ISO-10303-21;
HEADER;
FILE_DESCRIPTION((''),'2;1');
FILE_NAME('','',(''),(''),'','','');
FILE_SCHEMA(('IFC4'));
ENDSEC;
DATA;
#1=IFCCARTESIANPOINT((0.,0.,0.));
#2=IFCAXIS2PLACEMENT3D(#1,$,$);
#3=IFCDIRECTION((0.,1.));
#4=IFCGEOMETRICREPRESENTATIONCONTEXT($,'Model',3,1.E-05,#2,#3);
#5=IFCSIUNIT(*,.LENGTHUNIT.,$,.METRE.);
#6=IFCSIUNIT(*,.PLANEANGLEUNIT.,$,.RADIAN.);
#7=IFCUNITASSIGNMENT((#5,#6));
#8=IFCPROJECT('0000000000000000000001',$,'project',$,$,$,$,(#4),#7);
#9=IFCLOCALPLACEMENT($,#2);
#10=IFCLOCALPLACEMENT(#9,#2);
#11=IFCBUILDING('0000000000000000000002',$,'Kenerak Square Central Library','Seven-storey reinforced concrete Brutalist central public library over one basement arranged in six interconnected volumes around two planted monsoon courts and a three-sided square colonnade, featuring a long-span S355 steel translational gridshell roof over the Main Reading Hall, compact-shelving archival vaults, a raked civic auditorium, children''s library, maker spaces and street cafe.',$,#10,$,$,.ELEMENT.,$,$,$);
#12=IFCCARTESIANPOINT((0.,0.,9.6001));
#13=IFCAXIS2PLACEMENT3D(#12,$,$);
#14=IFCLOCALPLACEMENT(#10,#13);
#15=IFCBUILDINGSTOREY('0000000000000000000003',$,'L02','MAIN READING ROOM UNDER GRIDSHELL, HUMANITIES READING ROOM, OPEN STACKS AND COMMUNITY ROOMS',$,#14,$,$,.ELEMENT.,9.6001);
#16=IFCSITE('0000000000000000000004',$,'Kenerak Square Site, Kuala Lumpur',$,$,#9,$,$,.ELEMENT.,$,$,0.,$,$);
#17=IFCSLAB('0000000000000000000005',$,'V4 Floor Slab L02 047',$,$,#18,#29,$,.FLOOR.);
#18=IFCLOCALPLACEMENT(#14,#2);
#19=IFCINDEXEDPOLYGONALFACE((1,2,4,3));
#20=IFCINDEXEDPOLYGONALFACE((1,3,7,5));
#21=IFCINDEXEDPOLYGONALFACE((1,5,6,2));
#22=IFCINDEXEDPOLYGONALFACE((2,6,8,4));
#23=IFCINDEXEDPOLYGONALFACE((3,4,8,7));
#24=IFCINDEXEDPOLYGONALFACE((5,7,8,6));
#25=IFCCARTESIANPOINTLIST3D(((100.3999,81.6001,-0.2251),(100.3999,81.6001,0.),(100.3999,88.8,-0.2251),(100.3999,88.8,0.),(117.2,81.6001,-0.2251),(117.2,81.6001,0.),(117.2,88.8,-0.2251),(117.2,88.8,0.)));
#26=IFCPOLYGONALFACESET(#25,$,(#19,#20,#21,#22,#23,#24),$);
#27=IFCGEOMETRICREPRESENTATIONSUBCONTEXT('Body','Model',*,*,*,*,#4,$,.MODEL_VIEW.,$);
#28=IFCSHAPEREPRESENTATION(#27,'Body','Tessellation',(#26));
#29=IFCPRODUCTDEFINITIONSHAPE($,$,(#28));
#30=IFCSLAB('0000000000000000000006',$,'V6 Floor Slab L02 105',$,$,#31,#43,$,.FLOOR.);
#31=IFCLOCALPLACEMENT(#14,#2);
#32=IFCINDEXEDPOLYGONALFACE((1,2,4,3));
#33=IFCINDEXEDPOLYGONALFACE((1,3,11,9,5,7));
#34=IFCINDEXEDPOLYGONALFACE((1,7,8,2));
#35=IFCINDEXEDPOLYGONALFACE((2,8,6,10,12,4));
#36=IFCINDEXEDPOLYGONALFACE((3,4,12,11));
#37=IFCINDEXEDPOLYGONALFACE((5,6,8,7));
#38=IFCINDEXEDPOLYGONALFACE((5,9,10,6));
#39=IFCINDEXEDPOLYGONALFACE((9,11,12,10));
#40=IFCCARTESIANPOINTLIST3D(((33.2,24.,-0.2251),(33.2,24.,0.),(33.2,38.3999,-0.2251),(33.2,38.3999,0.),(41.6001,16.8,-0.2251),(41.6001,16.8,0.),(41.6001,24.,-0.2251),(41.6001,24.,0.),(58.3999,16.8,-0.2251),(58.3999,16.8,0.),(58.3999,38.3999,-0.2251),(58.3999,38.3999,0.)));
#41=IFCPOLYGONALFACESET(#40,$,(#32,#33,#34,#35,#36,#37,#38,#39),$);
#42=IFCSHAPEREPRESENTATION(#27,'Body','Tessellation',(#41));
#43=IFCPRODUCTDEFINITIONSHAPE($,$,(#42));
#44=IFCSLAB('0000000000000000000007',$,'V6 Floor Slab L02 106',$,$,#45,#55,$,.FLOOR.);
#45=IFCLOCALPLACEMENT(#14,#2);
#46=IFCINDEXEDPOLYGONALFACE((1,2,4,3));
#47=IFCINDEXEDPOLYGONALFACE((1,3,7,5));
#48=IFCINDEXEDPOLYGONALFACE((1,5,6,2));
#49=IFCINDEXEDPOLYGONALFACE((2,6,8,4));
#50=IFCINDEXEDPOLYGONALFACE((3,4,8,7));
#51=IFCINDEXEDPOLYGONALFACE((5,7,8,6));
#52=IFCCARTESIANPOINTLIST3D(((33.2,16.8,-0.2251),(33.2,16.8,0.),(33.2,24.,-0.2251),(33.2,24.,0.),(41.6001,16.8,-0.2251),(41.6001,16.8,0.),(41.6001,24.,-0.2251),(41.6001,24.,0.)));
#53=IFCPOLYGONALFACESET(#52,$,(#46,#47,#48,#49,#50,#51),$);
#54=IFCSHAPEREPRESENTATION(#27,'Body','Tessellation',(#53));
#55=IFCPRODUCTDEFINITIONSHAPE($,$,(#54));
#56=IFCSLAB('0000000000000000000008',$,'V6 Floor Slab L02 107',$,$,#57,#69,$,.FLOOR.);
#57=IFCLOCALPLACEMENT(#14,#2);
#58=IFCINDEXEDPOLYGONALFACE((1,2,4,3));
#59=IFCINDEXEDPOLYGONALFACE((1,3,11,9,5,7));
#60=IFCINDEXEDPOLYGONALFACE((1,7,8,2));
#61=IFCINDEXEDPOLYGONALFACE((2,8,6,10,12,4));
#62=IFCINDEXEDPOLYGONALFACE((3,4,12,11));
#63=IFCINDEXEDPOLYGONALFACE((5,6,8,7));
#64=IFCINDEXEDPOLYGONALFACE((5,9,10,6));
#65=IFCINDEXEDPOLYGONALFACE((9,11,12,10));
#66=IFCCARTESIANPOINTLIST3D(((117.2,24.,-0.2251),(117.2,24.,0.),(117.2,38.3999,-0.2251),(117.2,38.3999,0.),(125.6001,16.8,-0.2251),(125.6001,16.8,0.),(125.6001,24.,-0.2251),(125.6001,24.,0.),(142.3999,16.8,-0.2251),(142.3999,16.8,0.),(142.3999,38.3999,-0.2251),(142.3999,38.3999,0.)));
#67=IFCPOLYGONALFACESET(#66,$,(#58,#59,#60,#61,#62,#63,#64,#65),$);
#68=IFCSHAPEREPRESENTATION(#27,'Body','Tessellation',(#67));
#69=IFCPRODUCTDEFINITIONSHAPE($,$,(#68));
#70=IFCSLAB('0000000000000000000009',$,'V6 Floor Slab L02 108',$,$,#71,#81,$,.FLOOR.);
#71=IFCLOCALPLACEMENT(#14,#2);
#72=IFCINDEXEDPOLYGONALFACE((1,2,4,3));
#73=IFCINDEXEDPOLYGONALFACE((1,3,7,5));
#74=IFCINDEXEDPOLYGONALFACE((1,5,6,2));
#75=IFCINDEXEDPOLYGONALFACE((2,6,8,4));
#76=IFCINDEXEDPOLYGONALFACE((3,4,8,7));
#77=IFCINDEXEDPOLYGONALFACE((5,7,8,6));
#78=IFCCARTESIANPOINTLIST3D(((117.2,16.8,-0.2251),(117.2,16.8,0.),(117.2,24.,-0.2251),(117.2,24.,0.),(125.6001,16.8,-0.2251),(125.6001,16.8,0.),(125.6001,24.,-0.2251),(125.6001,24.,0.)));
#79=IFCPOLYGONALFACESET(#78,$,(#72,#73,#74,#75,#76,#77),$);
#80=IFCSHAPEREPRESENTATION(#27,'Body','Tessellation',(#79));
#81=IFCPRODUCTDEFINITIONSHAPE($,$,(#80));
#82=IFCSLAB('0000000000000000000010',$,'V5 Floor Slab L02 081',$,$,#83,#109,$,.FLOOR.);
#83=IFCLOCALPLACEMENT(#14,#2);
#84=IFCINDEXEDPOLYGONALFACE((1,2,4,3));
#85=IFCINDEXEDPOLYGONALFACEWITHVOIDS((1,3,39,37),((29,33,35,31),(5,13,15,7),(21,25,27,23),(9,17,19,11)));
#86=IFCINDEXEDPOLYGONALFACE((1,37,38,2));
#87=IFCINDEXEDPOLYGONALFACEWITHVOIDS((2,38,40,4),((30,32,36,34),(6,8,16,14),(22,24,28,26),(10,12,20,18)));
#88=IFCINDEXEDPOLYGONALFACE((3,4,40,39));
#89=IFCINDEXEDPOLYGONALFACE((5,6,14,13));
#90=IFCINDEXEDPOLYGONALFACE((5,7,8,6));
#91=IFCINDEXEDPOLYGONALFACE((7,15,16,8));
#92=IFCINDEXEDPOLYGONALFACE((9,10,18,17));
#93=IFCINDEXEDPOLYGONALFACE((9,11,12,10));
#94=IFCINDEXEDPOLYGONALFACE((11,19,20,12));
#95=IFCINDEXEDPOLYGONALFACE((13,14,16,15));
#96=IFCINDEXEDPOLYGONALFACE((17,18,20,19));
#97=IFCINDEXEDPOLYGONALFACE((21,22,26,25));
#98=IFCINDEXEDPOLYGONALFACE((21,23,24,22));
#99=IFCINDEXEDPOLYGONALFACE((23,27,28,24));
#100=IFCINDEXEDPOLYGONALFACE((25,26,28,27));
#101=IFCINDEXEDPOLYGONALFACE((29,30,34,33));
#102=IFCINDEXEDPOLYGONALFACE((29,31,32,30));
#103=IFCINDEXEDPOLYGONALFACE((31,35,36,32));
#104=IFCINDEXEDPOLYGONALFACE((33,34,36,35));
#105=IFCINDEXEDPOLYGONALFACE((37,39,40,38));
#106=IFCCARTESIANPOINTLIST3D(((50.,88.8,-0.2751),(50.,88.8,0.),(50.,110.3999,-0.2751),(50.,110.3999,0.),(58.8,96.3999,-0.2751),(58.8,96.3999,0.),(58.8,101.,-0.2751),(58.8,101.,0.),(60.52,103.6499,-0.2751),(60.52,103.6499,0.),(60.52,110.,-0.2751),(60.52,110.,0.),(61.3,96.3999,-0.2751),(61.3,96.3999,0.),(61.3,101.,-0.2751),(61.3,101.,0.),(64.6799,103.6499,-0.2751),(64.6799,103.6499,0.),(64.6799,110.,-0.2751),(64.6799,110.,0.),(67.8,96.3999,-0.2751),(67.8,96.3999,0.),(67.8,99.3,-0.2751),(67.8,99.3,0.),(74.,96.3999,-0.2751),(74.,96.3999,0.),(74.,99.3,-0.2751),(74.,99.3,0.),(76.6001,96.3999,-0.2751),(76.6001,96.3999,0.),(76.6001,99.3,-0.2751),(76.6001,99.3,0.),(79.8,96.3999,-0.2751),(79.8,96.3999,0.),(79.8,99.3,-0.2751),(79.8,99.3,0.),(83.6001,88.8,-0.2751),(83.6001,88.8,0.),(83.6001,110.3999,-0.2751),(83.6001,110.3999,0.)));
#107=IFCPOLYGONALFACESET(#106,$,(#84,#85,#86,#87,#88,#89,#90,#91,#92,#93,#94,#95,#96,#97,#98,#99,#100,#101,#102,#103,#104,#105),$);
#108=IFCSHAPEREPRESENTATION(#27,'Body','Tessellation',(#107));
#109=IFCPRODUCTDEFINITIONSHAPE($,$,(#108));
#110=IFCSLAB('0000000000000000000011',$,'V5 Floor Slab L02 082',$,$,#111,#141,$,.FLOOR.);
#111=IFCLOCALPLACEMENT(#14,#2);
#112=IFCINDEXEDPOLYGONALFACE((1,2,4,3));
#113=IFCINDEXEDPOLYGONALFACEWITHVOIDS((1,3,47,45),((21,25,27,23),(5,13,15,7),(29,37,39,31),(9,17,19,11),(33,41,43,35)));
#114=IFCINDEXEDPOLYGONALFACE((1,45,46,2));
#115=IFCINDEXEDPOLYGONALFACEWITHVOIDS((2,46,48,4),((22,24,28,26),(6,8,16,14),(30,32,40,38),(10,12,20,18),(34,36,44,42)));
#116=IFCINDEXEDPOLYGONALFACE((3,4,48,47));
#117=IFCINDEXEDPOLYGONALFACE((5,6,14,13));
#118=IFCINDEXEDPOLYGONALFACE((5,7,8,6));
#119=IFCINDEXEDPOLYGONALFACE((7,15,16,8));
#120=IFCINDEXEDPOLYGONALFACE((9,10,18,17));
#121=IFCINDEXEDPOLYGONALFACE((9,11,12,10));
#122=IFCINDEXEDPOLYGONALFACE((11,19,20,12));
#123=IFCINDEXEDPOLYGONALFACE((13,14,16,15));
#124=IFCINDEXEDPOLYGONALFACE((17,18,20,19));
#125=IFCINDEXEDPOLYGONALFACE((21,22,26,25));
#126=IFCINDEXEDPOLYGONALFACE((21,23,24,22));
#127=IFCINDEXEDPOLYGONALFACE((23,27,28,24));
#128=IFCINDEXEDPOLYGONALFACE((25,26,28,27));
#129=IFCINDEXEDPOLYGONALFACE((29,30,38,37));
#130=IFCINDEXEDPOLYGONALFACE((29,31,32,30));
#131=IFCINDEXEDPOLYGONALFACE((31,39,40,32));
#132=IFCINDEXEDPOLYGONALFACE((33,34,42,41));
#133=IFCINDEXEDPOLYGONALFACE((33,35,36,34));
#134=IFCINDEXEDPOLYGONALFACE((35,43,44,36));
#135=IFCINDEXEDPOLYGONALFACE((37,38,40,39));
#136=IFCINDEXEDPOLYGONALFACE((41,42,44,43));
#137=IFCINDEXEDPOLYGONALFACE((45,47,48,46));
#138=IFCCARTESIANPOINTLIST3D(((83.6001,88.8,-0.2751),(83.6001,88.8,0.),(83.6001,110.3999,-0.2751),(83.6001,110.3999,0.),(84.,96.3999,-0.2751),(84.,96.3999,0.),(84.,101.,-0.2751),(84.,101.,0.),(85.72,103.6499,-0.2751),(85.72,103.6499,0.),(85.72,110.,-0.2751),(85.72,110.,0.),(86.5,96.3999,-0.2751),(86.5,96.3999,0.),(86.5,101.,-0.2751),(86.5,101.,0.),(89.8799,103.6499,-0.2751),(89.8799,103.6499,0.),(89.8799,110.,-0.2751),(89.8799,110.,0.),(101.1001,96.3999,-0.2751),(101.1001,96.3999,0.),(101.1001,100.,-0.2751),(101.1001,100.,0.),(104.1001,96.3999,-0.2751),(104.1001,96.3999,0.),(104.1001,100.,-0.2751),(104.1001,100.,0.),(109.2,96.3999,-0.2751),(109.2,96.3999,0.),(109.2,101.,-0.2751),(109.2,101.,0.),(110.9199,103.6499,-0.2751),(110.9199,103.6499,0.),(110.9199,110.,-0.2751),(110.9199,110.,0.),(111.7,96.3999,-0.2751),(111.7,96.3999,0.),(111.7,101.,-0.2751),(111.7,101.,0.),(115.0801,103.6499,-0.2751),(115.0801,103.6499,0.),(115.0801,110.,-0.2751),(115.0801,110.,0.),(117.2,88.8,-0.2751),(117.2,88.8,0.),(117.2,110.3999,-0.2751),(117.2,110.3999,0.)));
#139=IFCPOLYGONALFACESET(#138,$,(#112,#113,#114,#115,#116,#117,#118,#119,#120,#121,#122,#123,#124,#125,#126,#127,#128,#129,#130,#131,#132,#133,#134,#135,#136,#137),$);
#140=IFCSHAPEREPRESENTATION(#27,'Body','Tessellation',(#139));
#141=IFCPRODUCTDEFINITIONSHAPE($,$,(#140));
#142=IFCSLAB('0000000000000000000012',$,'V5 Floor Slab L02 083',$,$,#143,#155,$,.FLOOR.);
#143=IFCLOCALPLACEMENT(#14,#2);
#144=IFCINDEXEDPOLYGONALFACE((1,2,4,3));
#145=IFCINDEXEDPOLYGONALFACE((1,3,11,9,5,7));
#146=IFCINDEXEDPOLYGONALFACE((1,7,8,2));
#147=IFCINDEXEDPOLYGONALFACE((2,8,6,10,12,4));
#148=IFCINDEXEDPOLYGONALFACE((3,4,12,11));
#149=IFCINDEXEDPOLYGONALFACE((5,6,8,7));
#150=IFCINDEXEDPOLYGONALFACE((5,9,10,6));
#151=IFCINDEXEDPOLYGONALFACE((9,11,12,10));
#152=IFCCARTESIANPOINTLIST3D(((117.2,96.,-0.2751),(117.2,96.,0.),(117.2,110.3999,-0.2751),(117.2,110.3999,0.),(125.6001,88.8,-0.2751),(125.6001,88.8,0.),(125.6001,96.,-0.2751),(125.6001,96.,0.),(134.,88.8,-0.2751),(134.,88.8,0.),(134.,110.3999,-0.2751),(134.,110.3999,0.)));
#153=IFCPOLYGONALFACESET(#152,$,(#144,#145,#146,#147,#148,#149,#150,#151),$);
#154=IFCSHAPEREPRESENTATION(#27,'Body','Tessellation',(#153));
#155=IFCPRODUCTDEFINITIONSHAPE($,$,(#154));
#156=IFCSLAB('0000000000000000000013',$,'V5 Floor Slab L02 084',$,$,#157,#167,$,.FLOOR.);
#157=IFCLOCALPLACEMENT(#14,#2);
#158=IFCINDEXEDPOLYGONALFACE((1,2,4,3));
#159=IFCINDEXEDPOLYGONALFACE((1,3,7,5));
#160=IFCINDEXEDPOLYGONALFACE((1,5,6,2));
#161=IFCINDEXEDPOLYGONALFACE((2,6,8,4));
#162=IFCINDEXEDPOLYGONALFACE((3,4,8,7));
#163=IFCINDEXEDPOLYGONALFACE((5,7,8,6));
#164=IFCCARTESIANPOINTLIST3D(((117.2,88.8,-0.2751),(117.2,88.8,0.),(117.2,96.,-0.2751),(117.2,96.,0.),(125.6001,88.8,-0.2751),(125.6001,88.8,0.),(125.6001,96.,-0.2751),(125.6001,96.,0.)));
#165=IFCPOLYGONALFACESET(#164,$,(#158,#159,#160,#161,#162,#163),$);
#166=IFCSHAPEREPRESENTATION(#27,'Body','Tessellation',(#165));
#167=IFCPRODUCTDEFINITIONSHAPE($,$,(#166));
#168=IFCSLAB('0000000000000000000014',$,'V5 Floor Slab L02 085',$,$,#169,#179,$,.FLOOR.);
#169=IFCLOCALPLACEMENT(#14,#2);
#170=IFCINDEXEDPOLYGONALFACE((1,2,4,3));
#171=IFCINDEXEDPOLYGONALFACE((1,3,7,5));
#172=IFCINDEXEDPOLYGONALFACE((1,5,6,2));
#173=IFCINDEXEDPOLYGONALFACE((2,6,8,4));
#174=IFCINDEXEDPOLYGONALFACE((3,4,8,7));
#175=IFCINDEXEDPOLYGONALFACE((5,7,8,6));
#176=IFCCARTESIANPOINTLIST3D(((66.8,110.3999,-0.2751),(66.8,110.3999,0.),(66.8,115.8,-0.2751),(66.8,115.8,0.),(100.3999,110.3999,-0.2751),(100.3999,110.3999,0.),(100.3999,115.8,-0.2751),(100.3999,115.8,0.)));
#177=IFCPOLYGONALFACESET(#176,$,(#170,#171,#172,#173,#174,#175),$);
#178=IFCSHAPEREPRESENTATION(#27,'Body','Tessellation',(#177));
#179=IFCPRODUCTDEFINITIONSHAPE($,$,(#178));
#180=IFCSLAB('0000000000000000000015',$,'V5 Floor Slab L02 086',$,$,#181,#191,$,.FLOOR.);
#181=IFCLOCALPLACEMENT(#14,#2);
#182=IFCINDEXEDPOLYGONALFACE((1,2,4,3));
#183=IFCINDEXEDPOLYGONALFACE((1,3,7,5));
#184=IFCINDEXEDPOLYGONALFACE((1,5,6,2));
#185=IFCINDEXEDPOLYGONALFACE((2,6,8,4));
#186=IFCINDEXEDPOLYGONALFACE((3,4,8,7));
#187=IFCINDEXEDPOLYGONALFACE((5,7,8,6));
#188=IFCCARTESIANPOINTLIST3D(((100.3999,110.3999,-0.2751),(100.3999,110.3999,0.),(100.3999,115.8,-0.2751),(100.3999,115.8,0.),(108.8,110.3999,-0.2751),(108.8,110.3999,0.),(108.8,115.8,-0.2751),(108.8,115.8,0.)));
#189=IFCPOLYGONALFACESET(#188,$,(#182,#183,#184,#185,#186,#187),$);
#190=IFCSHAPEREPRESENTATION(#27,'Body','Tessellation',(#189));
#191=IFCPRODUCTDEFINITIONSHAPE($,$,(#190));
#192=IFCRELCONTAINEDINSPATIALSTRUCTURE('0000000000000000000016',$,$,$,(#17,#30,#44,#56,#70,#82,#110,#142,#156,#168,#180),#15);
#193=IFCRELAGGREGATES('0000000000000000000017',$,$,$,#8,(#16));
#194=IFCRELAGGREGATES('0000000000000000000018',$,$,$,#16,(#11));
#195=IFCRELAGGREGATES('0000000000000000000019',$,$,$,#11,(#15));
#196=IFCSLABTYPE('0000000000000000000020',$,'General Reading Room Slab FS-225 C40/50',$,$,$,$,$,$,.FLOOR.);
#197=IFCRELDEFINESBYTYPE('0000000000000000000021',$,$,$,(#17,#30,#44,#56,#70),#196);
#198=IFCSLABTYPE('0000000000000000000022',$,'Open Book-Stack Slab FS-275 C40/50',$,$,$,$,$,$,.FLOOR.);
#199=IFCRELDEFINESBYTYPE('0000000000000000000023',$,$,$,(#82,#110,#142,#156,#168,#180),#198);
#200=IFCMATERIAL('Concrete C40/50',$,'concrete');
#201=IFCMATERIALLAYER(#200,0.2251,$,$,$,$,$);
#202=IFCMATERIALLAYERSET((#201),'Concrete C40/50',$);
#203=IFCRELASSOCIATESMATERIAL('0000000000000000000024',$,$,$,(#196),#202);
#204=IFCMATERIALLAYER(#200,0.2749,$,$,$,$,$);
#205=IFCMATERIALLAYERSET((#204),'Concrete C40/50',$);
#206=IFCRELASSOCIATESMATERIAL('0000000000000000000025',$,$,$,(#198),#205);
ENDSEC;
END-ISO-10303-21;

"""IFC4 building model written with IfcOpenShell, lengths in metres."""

from ifc_helpers import new_model, si_unit, direction, frame, origin, place, context, subcontext, project, spatial, polyline, outline, extrude, material, layer, layer_set, type_object, element, save


model = new_model("IFC4")

# Units and contexts
model_context = context("Model", 3, precision=1e-05, world=origin(), true_north=direction((0.0, 1.0)))
body_context = subcontext(model_context, "Body", "Model", "MODEL_VIEW")
ifc_project = project(units=[si_unit("LENGTHUNIT", "METRE"), si_unit("PLANEANGLEUNIT", "RADIAN")], contexts=[model_context])

# Site, building, storey
site_placement = place(None, origin())
site = spatial("IfcSite", under=ifc_project, at=site_placement, Name="Kenerak Square Site, Kuala Lumpur", CompositionType="ELEMENT", RefElevation=0.0)
building_placement = place(site_placement, origin())
building = spatial("IfcBuilding", under=site, at=building_placement, Name="Kenerak Square Central Library", Description="Seven-storey reinforced concrete Brutalist central public library over one basement arranged in six interconnected volumes around two planted monsoon courts and a three-sided square colonnade, featuring a long-span S355 steel translational gridshell roof over the Main Reading Hall, compact-shelving archival vaults, a raked civic auditorium, children's library, maker spaces and street cafe.", CompositionType="ELEMENT")
storey_placement = place(building_placement, frame((0.0, 0.0, 9.6001)))
storey = spatial("IfcBuildingStorey", under=building, at=storey_placement, Name="L02", Description="MAIN READING ROOM UNDER GRIDSHELL, HUMANITIES READING ROOM, OPEN STACKS AND COMMUNITY ROOMS", CompositionType="ELEMENT", Elevation=9.6001)

# Slabs
ifc_material = material(Name="Concrete C40/50", Category="concrete")
ifc_layer_1 = layer(ifc_material, 0.2251)
ifc_layer_set_1 = layer_set([ifc_layer_1], Name="Concrete C40/50")
slab_type_1 = type_object("IfcSlabType", Name="General Reading Room Slab FS-225 C40/50", PredefinedType="FLOOR", material=ifc_layer_set_1)
slab_1_placement = place(storey_placement, frame((0.0, 0.0, -0.2251)))
element("IfcSlab", 1, at=slab_1_placement, inside=storey, type_object=slab_type_1, Name="V4 Floor Slab L02 047", PredefinedType="FLOOR", context=body_context, shape_type="SweptSolid", body=[
    extrude(outline(polyline([(100.3999, 81.6001), (100.3999, 88.8), (117.2, 88.8), (117.2, 81.6001), (100.3999, 81.6001)])), origin(), (0.0, 0.0, 1.0), 0.2251),
])
slab_2_placement = place(storey_placement, frame((0.0, 0.0, -0.2251)))
element("IfcSlab", 2, at=slab_2_placement, inside=storey, type_object=slab_type_1, Name="V6 Floor Slab L02 105", PredefinedType="FLOOR", context=body_context, shape_type="SweptSolid", body=[
    extrude(outline(polyline([(33.2, 38.3999), (58.3999, 38.3999), (58.3999, 16.8), (41.6001, 16.8), (41.6001, 24.0), (33.2, 24.0), (33.2, 38.3999)])), origin(), (0.0, 0.0, 1.0), 0.2251),
])
slab_3_placement = place(storey_placement, frame((0.0, 0.0, -0.2251)))
element("IfcSlab", 3, at=slab_3_placement, inside=storey, type_object=slab_type_1, Name="V6 Floor Slab L02 106", PredefinedType="FLOOR", context=body_context, shape_type="SweptSolid", body=[
    extrude(outline(polyline([(41.6001, 16.8), (41.6001, 24.0), (33.2, 24.0), (33.2, 16.8), (41.6001, 16.8)])), origin(), (0.0, 0.0, 1.0), 0.2251),
])
slab_4_placement = place(storey_placement, frame((0.0, 0.0, -0.2251)))
element("IfcSlab", 4, at=slab_4_placement, inside=storey, type_object=slab_type_1, Name="V6 Floor Slab L02 107", PredefinedType="FLOOR", context=body_context, shape_type="SweptSolid", body=[
    extrude(outline(polyline([(117.2, 38.3999), (142.3999, 38.3999), (142.3999, 16.8), (125.6001, 16.8), (125.6001, 24.0), (117.2, 24.0), (117.2, 38.3999)])), origin(), (0.0, 0.0, 1.0), 0.2251),
])
slab_5_placement = place(storey_placement, frame((0.0, 0.0, -0.2251)))
element("IfcSlab", 5, at=slab_5_placement, inside=storey, type_object=slab_type_1, Name="V6 Floor Slab L02 108", PredefinedType="FLOOR", context=body_context, shape_type="SweptSolid", body=[
    extrude(outline(polyline([(125.6001, 16.8), (125.6001, 24.0), (117.2, 24.0), (117.2, 16.8), (125.6001, 16.8)])), origin(), (0.0, 0.0, 1.0), 0.2251),
])
ifc_layer_2 = layer(ifc_material, 0.2749)
ifc_layer_set_2 = layer_set([ifc_layer_2], Name="Concrete C40/50")
slab_type_2 = type_object("IfcSlabType", Name="Open Book-Stack Slab FS-275 C40/50", PredefinedType="FLOOR", material=ifc_layer_set_2)
slab_6_placement = place(storey_placement, frame((0.0, 0.0, -0.2751)))
element("IfcSlab", 6, at=slab_6_placement, inside=storey, type_object=slab_type_2, Name="V5 Floor Slab L02 081", PredefinedType="FLOOR", context=body_context, shape_type="SweptSolid", body=[
    extrude(outline(polyline([(50.0, 88.8), (50.0, 110.3999), (83.6001, 110.3999), (83.6001, 88.8), (50.0, 88.8)]), holes=[polyline([(64.6799, 103.6499), (64.6799, 110.0), (60.52, 110.0), (60.52, 103.6499), (64.6799, 103.6499)]), polyline([(67.8, 96.3999), (74.0, 96.3999), (74.0, 99.3), (67.8, 99.3), (67.8, 96.3999)]), polyline([(76.6001, 96.3999), (79.8, 96.3999), (79.8, 99.3), (76.6001, 99.3), (76.6001, 96.3999)]), polyline([(58.8, 96.3999), (61.3, 96.3999), (61.3, 101.0), (58.8, 101.0), (58.8, 96.3999)])]), origin(), (0.0, 0.0, 1.0), 0.2751),
])
slab_7_placement = place(storey_placement, frame((0.0, 0.0, -0.2751)))
element("IfcSlab", 7, at=slab_7_placement, inside=storey, type_object=slab_type_2, Name="V5 Floor Slab L02 082", PredefinedType="FLOOR", context=body_context, shape_type="SweptSolid", body=[
    extrude(outline(polyline([(83.6001, 88.8), (83.6001, 110.3999), (117.2, 110.3999), (117.2, 88.8), (83.6001, 88.8)]), holes=[polyline([(89.8799, 103.6499), (89.8799, 110.0), (85.72, 110.0), (85.72, 103.6499), (89.8799, 103.6499)]), polyline([(115.0801, 103.6499), (115.0801, 110.0), (110.9199, 110.0), (110.9199, 103.6499), (115.0801, 103.6499)]), polyline([(84.0, 96.3999), (86.5, 96.3999), (86.5, 101.0), (84.0, 101.0), (84.0, 96.3999)]), polyline([(109.2, 96.3999), (111.7, 96.3999), (111.7, 101.0), (109.2, 101.0), (109.2, 96.3999)]), polyline([(101.1001, 96.3999), (104.1001, 96.3999), (104.1001, 100.0), (101.1001, 100.0), (101.1001, 96.3999)])]), origin(), (0.0, 0.0, 1.0), 0.2751),
])
slab_8_placement = place(storey_placement, frame((0.0, 0.0, -0.2751)))
element("IfcSlab", 8, at=slab_8_placement, inside=storey, type_object=slab_type_2, Name="V5 Floor Slab L02 083", PredefinedType="FLOOR", context=body_context, shape_type="SweptSolid", body=[
    extrude(outline(polyline([(117.2, 110.3999), (134.0, 110.3999), (134.0, 88.8), (125.6001, 88.8), (125.6001, 96.0), (117.2, 96.0), (117.2, 110.3999)])), origin(), (0.0, 0.0, 1.0), 0.2751),
])
slab_9_placement = place(storey_placement, frame((0.0, 0.0, -0.2751)))
element("IfcSlab", 9, at=slab_9_placement, inside=storey, type_object=slab_type_2, Name="V5 Floor Slab L02 084", PredefinedType="FLOOR", context=body_context, shape_type="SweptSolid", body=[
    extrude(outline(polyline([(125.6001, 88.8), (125.6001, 96.0), (117.2, 96.0), (117.2, 88.8), (125.6001, 88.8)])), origin(), (0.0, 0.0, 1.0), 0.2751),
])
slab_10_placement = place(storey_placement, frame((0.0, 0.0, -0.2751)))
element("IfcSlab", 10, at=slab_10_placement, inside=storey, type_object=slab_type_2, Name="V5 Floor Slab L02 085", PredefinedType="FLOOR", context=body_context, shape_type="SweptSolid", body=[
    extrude(outline(polyline([(66.8, 110.3999), (66.8, 115.8), (100.3999, 115.8), (100.3999, 110.3999), (66.8, 110.3999)])), origin(), (0.0, 0.0, 1.0), 0.2751),
])
slab_11_placement = place(storey_placement, frame((0.0, 0.0, -0.2751)))
element("IfcSlab", 11, at=slab_11_placement, inside=storey, type_object=slab_type_2, Name="V5 Floor Slab L02 086", PredefinedType="FLOOR", context=body_context, shape_type="SweptSolid", body=[
    extrude(outline(polyline([(100.3999, 110.3999), (100.3999, 115.8), (108.8, 115.8), (108.8, 110.3999), (100.3999, 110.3999)])), origin(), (0.0, 0.0, 1.0), 0.2751),
])

save(model, "model.ifc")
